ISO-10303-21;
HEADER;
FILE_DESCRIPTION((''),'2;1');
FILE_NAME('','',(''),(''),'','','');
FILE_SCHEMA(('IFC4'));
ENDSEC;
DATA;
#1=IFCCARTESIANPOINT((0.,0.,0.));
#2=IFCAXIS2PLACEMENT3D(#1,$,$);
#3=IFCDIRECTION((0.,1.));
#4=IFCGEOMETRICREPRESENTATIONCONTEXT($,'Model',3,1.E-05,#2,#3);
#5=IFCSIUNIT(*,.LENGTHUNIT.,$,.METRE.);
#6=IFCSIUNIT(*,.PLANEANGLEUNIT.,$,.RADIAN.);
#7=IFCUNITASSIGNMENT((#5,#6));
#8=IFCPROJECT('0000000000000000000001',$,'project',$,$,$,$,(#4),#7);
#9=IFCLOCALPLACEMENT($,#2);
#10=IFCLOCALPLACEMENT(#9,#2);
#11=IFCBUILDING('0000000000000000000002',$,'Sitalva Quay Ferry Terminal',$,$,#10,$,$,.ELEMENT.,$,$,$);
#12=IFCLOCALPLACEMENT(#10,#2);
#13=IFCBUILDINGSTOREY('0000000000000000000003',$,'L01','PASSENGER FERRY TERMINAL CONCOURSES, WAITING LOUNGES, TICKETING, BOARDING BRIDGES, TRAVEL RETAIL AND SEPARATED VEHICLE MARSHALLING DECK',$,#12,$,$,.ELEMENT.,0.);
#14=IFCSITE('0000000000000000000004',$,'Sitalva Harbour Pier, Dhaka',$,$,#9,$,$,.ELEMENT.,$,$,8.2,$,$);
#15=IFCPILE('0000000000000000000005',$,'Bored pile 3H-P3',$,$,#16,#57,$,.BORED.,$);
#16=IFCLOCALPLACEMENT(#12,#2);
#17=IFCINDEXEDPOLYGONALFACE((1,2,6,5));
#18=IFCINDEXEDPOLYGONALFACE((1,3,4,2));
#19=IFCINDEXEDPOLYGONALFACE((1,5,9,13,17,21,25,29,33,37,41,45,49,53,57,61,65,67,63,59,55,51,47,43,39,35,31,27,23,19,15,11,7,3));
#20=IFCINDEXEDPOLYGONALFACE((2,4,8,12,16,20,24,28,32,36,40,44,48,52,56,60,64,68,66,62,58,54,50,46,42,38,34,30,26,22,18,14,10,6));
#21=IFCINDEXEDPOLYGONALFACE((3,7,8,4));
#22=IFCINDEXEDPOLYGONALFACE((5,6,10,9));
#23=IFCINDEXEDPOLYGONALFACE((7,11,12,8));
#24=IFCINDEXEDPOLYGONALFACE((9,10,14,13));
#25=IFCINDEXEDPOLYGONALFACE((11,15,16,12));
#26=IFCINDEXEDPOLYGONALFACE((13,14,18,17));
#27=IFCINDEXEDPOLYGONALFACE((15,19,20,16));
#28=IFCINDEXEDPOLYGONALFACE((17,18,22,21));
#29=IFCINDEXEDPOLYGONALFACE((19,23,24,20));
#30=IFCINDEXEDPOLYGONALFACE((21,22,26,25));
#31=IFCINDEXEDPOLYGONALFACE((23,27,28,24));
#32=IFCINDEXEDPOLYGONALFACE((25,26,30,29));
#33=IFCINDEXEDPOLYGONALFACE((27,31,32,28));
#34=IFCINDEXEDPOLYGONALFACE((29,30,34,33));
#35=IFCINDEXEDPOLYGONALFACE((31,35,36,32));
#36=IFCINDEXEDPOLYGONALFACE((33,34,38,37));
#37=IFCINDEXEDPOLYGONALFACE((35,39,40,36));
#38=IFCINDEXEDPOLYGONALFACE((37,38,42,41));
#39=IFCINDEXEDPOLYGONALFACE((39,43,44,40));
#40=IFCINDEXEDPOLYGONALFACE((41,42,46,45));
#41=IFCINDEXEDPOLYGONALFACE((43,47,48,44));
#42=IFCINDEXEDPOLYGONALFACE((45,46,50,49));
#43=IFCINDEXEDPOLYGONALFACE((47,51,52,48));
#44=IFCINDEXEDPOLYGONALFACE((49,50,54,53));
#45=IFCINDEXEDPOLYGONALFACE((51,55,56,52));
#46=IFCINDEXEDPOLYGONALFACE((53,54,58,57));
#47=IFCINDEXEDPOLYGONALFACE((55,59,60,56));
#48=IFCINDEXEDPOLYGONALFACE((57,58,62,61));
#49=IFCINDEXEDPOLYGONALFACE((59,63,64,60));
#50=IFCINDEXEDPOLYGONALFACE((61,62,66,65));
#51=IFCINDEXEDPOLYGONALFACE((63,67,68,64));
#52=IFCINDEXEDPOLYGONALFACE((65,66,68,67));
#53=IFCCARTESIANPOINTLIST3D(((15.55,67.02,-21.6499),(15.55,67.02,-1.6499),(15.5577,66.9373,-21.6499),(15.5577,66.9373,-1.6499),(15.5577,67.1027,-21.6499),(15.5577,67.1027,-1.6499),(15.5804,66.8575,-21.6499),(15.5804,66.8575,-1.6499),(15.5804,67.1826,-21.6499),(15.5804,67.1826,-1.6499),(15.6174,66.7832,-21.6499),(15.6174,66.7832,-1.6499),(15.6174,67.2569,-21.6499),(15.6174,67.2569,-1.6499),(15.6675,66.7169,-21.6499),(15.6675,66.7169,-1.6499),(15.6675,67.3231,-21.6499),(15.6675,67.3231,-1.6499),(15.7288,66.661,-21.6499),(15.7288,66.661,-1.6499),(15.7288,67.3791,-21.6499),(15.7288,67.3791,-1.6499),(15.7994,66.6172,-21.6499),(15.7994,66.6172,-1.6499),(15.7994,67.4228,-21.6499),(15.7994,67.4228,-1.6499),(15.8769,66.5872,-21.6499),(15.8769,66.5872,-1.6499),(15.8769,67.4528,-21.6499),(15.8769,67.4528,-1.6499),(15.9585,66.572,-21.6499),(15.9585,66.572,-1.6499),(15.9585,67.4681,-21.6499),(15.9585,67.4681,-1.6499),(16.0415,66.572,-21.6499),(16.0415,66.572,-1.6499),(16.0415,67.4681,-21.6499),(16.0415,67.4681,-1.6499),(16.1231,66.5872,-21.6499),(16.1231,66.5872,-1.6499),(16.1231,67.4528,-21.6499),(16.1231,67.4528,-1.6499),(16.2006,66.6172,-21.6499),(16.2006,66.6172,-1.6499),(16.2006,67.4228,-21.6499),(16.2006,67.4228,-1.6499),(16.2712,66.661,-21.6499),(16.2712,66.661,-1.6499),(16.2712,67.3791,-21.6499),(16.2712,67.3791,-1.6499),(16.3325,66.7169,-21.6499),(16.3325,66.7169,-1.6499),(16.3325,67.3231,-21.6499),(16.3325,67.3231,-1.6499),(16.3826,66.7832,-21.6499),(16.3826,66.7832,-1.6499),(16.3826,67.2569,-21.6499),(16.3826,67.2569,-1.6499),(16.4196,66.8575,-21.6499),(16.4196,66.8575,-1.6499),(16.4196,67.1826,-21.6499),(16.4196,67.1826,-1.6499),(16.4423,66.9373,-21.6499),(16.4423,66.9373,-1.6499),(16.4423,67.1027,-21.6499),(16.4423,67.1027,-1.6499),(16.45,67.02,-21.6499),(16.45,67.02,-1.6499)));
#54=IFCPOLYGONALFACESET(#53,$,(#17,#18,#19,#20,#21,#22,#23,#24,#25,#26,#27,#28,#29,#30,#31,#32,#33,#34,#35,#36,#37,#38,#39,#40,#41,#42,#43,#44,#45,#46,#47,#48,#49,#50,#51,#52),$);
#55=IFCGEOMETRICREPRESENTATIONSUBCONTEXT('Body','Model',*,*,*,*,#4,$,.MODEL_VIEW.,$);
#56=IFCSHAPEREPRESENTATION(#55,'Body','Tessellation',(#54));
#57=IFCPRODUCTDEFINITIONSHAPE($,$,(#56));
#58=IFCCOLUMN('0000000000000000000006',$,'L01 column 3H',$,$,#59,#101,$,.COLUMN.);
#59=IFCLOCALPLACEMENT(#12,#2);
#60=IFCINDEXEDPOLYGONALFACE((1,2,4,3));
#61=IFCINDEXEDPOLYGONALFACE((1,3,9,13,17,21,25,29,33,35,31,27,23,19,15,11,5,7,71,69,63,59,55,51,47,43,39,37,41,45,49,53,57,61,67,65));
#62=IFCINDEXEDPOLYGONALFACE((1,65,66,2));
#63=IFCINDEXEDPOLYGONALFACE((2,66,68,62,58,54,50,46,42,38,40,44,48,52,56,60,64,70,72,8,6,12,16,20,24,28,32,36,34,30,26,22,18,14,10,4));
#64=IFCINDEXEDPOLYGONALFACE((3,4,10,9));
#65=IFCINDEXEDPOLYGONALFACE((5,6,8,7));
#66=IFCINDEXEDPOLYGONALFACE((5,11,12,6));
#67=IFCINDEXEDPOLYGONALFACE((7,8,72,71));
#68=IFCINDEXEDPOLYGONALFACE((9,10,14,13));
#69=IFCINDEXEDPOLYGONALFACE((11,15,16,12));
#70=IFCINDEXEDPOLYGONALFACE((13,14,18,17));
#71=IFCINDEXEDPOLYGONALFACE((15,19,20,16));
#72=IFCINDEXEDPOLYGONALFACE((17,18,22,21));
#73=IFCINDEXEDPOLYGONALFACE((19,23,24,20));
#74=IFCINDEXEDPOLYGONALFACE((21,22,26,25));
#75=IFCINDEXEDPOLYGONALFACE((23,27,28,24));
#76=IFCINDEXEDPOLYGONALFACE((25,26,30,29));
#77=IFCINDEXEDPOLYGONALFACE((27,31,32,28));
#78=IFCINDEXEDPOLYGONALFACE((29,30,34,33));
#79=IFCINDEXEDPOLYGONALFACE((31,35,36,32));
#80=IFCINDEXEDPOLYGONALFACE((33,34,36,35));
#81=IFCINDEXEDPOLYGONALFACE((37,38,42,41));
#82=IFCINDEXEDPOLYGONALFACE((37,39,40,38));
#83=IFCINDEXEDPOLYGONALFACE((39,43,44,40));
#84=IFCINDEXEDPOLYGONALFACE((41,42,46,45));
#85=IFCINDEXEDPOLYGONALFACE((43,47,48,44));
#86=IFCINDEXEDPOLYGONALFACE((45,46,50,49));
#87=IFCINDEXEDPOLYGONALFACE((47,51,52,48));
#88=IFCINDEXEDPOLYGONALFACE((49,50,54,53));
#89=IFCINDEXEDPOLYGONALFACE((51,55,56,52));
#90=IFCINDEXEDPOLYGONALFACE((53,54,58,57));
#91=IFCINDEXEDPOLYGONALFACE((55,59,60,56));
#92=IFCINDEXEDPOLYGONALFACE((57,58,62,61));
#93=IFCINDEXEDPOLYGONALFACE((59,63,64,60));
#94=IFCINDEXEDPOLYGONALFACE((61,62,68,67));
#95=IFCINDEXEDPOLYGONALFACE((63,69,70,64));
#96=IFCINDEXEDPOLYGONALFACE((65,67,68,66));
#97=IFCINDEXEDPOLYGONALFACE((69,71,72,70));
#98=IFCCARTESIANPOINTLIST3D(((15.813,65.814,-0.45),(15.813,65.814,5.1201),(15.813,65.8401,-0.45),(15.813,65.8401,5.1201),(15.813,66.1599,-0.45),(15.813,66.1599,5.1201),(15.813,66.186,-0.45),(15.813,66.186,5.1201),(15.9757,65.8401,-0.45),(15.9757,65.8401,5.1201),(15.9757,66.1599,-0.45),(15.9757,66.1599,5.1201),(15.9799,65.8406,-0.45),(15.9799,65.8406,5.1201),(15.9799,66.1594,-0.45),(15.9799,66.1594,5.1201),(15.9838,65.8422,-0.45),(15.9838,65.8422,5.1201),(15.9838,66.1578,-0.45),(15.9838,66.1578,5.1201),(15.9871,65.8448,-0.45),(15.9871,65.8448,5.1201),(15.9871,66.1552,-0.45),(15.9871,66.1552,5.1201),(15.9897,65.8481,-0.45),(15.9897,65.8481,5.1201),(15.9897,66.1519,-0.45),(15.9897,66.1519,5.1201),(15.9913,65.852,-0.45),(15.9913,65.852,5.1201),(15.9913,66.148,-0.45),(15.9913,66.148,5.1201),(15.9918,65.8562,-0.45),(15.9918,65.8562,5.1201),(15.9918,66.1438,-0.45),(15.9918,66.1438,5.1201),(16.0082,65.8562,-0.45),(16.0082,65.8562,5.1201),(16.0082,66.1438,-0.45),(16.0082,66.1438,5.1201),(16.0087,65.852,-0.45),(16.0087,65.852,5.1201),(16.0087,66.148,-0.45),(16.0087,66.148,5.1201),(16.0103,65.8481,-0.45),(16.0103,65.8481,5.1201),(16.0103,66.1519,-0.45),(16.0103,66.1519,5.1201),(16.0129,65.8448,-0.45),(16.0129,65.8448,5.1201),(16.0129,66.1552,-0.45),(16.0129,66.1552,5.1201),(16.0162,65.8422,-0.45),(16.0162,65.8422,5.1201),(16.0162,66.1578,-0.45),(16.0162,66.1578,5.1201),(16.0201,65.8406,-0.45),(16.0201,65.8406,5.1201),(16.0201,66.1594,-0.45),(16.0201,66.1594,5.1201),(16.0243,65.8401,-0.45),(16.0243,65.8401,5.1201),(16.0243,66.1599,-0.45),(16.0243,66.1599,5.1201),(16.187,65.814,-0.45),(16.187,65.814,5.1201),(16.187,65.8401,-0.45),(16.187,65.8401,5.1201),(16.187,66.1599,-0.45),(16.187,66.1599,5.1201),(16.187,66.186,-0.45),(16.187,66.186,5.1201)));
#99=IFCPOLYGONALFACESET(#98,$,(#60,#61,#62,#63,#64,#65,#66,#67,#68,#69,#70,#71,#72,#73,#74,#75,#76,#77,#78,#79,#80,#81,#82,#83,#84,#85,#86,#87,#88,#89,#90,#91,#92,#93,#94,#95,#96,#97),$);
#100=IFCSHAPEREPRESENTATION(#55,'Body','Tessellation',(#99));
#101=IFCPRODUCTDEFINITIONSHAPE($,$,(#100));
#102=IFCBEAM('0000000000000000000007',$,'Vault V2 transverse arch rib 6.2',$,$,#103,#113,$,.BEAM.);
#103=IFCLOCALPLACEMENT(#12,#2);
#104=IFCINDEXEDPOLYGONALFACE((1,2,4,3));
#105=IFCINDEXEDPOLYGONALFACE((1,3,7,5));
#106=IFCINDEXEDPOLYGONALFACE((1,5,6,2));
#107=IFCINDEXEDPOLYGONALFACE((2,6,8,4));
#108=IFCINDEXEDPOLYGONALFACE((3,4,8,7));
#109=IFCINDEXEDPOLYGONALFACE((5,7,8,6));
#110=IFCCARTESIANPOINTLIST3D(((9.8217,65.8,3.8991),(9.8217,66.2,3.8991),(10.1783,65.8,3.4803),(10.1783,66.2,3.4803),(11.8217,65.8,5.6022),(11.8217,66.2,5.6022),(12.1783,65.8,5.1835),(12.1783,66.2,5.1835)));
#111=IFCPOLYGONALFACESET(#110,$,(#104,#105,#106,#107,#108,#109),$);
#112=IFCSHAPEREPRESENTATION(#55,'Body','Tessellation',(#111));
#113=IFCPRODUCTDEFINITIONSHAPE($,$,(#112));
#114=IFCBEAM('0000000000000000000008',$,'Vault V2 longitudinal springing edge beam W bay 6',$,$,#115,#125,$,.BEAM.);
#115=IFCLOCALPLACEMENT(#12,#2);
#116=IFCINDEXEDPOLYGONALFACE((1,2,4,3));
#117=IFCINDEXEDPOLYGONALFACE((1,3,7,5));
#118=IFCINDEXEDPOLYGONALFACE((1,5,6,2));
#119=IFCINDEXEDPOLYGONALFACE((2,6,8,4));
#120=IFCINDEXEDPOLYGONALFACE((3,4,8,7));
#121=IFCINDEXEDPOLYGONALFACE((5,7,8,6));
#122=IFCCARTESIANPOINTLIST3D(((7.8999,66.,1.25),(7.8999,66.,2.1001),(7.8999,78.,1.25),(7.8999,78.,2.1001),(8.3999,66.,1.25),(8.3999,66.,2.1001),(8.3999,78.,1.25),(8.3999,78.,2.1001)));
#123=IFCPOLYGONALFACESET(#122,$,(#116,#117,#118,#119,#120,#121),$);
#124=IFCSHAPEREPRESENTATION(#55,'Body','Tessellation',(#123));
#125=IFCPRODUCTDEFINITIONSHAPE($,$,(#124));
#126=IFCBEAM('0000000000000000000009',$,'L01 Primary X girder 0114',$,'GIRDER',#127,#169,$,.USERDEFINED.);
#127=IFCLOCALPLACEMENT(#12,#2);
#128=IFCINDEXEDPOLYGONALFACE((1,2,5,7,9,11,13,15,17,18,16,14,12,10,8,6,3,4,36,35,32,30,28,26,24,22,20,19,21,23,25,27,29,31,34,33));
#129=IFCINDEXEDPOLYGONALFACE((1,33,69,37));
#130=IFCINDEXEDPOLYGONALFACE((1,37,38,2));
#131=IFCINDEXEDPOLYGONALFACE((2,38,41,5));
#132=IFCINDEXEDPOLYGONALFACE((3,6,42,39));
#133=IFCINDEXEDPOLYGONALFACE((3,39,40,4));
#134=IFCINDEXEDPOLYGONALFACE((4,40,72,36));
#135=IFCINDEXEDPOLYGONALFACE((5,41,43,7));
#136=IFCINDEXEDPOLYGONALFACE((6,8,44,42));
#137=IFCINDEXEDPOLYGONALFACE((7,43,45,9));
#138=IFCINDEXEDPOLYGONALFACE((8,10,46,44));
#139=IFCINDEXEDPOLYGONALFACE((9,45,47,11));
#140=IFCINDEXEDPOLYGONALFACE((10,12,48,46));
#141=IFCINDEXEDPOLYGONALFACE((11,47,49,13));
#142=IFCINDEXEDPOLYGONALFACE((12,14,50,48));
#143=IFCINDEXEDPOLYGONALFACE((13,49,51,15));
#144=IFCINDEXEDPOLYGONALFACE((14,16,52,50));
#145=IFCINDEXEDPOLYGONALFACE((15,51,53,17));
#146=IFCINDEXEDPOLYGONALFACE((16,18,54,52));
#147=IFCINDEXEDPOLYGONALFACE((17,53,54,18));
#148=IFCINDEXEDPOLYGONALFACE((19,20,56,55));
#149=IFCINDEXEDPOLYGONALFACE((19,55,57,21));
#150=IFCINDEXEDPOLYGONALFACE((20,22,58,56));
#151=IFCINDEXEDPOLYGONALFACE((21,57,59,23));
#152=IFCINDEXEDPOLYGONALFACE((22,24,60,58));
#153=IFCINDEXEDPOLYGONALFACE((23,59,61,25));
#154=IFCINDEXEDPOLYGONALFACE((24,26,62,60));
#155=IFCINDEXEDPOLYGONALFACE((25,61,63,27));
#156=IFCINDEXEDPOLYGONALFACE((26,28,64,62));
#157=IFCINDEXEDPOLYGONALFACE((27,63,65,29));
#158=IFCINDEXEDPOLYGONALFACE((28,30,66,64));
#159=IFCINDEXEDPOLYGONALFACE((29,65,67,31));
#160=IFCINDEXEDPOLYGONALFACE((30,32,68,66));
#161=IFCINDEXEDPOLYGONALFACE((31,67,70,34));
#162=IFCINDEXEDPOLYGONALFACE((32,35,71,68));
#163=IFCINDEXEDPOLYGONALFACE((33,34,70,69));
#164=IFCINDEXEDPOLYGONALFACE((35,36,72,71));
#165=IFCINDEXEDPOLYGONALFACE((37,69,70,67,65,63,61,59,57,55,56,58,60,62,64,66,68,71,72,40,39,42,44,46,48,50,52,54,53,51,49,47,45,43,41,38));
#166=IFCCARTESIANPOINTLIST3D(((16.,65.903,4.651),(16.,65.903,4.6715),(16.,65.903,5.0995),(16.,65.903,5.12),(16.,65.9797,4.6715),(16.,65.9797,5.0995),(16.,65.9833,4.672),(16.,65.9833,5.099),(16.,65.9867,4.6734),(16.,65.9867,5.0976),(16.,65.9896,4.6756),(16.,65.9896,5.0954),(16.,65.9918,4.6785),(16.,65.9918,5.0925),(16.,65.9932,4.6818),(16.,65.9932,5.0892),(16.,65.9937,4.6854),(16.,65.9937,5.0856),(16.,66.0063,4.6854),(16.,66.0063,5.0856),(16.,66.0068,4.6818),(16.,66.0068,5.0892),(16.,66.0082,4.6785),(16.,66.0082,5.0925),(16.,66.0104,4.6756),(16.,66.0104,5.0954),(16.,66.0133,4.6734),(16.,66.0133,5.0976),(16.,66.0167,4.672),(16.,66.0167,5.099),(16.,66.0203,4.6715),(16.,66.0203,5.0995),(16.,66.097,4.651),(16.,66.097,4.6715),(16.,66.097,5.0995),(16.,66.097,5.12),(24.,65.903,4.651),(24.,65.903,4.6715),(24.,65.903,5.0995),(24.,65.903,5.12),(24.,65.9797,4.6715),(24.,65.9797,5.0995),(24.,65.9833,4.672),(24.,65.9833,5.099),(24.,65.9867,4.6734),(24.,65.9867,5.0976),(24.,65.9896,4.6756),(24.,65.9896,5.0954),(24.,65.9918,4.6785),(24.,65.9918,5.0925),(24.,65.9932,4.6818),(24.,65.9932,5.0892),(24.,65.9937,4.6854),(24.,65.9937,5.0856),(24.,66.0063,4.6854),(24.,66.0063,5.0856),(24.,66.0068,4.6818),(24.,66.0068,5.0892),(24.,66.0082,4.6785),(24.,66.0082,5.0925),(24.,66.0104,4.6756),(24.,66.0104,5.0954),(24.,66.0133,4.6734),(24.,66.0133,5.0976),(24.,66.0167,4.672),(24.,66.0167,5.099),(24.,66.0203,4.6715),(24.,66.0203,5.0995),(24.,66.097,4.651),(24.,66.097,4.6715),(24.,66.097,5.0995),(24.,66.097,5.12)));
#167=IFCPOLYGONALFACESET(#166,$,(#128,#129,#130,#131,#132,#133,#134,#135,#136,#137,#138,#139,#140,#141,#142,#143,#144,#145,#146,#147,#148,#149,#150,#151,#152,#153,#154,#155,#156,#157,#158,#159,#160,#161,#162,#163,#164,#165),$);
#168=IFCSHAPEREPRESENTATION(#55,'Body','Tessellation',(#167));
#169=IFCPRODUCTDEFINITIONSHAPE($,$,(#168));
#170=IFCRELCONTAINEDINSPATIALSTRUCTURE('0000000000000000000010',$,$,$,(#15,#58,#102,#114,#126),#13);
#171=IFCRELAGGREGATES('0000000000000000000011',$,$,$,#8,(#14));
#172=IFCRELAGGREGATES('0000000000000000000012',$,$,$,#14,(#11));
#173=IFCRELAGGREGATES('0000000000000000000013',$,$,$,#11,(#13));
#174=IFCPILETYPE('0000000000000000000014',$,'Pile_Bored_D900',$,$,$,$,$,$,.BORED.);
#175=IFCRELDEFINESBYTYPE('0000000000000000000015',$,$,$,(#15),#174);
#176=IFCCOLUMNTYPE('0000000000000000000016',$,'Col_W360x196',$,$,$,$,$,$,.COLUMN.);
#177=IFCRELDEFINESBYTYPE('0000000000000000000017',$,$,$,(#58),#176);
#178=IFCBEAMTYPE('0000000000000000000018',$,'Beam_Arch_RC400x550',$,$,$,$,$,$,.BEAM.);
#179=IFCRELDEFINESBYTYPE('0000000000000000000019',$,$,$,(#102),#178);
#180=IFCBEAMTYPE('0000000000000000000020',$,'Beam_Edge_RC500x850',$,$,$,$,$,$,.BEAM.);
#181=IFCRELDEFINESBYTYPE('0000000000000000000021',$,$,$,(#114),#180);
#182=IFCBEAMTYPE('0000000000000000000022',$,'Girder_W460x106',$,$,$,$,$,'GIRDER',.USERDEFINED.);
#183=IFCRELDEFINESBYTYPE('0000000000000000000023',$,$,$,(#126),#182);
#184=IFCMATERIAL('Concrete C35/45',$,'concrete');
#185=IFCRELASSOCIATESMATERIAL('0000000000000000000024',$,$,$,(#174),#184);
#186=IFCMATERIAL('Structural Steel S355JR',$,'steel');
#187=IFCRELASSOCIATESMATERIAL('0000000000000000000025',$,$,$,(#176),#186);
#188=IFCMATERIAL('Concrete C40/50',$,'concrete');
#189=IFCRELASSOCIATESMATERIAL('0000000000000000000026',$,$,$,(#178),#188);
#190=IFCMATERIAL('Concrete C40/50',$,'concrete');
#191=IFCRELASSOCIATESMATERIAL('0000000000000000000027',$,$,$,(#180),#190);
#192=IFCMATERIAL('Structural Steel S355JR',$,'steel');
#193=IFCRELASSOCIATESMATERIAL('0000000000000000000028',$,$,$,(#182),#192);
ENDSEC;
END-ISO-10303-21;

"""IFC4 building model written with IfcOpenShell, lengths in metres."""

from ifc_helpers import new_model, si_unit, direction, frame, origin, origin_2d, place, context, subcontext, project, spatial, rectangle, circle, i_section, extrude, material, material_profile, profile_set, type_object, element, save


model = new_model("IFC4")

# Units and contexts
model_context = context("Model", 3, precision=1e-05, world=origin(), true_north=direction((0.0, 1.0)))
body_context = subcontext(model_context, "Body", "Model", "MODEL_VIEW")
ifc_project = project(units=[si_unit("LENGTHUNIT", "METRE"), si_unit("PLANEANGLEUNIT", "RADIAN")], contexts=[model_context])

# Site, building, storey
site_placement = place(None, origin())
site = spatial("IfcSite", under=ifc_project, at=site_placement, Name="Sitalva Harbour Pier, Dhaka", CompositionType="ELEMENT", RefElevation=8.2)
building_placement = place(site_placement, origin())
building = spatial("IfcBuilding", under=site, at=building_placement, Name="Sitalva Quay Ferry Terminal", CompositionType="ELEMENT")
storey_placement = place(building_placement, origin())
storey = spatial("IfcBuildingStorey", under=building, at=storey_placement, Name="L01", Description="PASSENGER FERRY TERMINAL CONCOURSES, WAITING LOUNGES, TICKETING, BOARDING BRIDGES, TRAVEL RETAIL AND SEPARATED VEHICLE MARSHALLING DECK", CompositionType="ELEMENT", Elevation=0.0)

# Pile
ifc_material_1 = material(Name="Concrete C35/45", Category="concrete")
ifc_material_profile_1 = material_profile(ifc_material_1, circle(Radius=0.45, at=origin_2d()), Name="PILE-D900")
ifc_profile_set_1 = profile_set([ifc_material_profile_1], Name="Concrete C35/45")
pile_type = type_object("IfcPileType", Name="Pile_Bored_D900", PredefinedType="BORED", material=ifc_profile_set_1)
for number, where, z_axis, x_axis, name in (
    (1, (16.0, 67.02, -1.6499), (0.0, 0.0, -1.0), (1.0, 0.0, 0.0), "Bored pile 3H-P3"),
):
    element("IfcPile", number, at=place(storey_placement, frame(where, z_axis=z_axis, x_axis=x_axis)), inside=storey, type_object=pile_type, Name=name, PredefinedType="BORED", context=body_context, shape_type="SweptSolid", body=[
        extrude(circle(Radius=0.45, at=origin_2d()), origin(), (0.0, 0.0, 1.0), 20.0),
    ])

# Column
ifc_material_2 = material(Name="Structural Steel S355JR", Category="steel")
ifc_material_profile_2 = material_profile(ifc_material_2, i_section(OverallWidth=0.374, OverallDepth=0.3721, WebThickness=0.0164, FlangeThickness=0.0261, FilletRadius=0.0161, at=origin_2d()), Name="W360x196")
ifc_profile_set_2 = profile_set([ifc_material_profile_2], Name="Structural Steel S355JR")
column_type = type_object("IfcColumnType", Name="Col_W360x196", PredefinedType="COLUMN", material=ifc_profile_set_2)
column_placement = place(storey_placement, frame((16.0, 66.0, -0.45), z_axis=(0.0, 0.0, 1.0), x_axis=(1.0, 0.0, 0.0)))
element("IfcColumn", 2, at=column_placement, inside=storey, type_object=column_type, Name="L01 column 3H", PredefinedType="COLUMN", context=body_context, shape_type="SweptSolid", body=[
    extrude(i_section(OverallWidth=0.374, OverallDepth=0.3721, WebThickness=0.0164, FlangeThickness=0.0261, FilletRadius=0.0161, at=origin_2d()), origin(), (0.0, 0.0, 1.0), 5.5701),
])

# Beams
ifc_material_3 = material(Name="Concrete C40/50", Category="concrete")
ifc_material_profile_3 = material_profile(ifc_material_3, rectangle(XDim=0.3999, YDim=0.55, at=origin_2d()), Name="RC400x550")
ifc_profile_set_3 = profile_set([ifc_material_profile_3], Name="Concrete C40/50")
beam_type_1 = type_object("IfcBeamType", Name="Beam_Arch_RC400x550", PredefinedType="BEAM", material=ifc_profile_set_3)
beam_1_placement = place(storey_placement, frame((10.0, 66.0, 3.6897), z_axis=(0.761352, 0.0, 0.648339), x_axis=(0.0, 1.0, 0.0)))
element("IfcBeam", 3, at=beam_1_placement, inside=storey, type_object=beam_type_1, Name="Vault V2 transverse arch rib 6.2", PredefinedType="BEAM", context=body_context, shape_type="SweptSolid", body=[
    extrude(rectangle(XDim=0.3999, YDim=0.55, at=origin_2d()), origin(), (0.0, 0.0, 1.0), 2.627),
])
ifc_material_4 = material(Name="Concrete C40/50", Category="concrete")
ifc_material_profile_4 = material_profile(ifc_material_4, rectangle(XDim=0.5, YDim=0.8501, at=origin_2d()), Name="RC500x850")
ifc_profile_set_4 = profile_set([ifc_material_profile_4], Name="Concrete C40/50")
beam_type_2 = type_object("IfcBeamType", Name="Beam_Edge_RC500x850", PredefinedType="BEAM", material=ifc_profile_set_4)
beam_2_placement = place(storey_placement, frame((8.1499, 66.0, 1.675), z_axis=(0.0, 1.0, 0.0), x_axis=(-1.0, 0.0, 0.0)))
element("IfcBeam", 4, at=beam_2_placement, inside=storey, type_object=beam_type_2, Name="Vault V2 longitudinal springing edge beam W bay 6", PredefinedType="BEAM", context=body_context, shape_type="SweptSolid", body=[
    extrude(rectangle(XDim=0.5, YDim=0.8501, at=origin_2d()), origin(), (0.0, 0.0, 1.0), 12.0),
])
ifc_material_5 = material(Name="Structural Steel S355JR", Category="steel")
ifc_material_profile_5 = material_profile(ifc_material_5, i_section(OverallWidth=0.1941, OverallDepth=0.469, WebThickness=0.0127, FlangeThickness=0.0205, FilletRadius=0.0139, at=origin_2d()), Name="W460x106")
ifc_profile_set_5 = profile_set([ifc_material_profile_5], Name="Structural Steel S355JR")
beam_type_3 = type_object("IfcBeamType", Name="Girder_W460x106", ElementType="GIRDER", PredefinedType="USERDEFINED", material=ifc_profile_set_5)
beam_3_placement = place(storey_placement, frame((16.0, 66.0, 4.8855), z_axis=(1.0, 0.0, 0.0), x_axis=(0.0, 1.0, 0.0)))
element("IfcBeam", 5, at=beam_3_placement, inside=storey, type_object=beam_type_3, Name="L01 Primary X girder 0114", ObjectType="GIRDER", PredefinedType="USERDEFINED", context=body_context, shape_type="SweptSolid", body=[
    extrude(i_section(OverallWidth=0.1941, OverallDepth=0.469, WebThickness=0.0127, FlangeThickness=0.0205, FilletRadius=0.0139, at=origin_2d()), origin(), (0.0, 0.0, 1.0), 8.0),
])

save(model, "model.ifc")
